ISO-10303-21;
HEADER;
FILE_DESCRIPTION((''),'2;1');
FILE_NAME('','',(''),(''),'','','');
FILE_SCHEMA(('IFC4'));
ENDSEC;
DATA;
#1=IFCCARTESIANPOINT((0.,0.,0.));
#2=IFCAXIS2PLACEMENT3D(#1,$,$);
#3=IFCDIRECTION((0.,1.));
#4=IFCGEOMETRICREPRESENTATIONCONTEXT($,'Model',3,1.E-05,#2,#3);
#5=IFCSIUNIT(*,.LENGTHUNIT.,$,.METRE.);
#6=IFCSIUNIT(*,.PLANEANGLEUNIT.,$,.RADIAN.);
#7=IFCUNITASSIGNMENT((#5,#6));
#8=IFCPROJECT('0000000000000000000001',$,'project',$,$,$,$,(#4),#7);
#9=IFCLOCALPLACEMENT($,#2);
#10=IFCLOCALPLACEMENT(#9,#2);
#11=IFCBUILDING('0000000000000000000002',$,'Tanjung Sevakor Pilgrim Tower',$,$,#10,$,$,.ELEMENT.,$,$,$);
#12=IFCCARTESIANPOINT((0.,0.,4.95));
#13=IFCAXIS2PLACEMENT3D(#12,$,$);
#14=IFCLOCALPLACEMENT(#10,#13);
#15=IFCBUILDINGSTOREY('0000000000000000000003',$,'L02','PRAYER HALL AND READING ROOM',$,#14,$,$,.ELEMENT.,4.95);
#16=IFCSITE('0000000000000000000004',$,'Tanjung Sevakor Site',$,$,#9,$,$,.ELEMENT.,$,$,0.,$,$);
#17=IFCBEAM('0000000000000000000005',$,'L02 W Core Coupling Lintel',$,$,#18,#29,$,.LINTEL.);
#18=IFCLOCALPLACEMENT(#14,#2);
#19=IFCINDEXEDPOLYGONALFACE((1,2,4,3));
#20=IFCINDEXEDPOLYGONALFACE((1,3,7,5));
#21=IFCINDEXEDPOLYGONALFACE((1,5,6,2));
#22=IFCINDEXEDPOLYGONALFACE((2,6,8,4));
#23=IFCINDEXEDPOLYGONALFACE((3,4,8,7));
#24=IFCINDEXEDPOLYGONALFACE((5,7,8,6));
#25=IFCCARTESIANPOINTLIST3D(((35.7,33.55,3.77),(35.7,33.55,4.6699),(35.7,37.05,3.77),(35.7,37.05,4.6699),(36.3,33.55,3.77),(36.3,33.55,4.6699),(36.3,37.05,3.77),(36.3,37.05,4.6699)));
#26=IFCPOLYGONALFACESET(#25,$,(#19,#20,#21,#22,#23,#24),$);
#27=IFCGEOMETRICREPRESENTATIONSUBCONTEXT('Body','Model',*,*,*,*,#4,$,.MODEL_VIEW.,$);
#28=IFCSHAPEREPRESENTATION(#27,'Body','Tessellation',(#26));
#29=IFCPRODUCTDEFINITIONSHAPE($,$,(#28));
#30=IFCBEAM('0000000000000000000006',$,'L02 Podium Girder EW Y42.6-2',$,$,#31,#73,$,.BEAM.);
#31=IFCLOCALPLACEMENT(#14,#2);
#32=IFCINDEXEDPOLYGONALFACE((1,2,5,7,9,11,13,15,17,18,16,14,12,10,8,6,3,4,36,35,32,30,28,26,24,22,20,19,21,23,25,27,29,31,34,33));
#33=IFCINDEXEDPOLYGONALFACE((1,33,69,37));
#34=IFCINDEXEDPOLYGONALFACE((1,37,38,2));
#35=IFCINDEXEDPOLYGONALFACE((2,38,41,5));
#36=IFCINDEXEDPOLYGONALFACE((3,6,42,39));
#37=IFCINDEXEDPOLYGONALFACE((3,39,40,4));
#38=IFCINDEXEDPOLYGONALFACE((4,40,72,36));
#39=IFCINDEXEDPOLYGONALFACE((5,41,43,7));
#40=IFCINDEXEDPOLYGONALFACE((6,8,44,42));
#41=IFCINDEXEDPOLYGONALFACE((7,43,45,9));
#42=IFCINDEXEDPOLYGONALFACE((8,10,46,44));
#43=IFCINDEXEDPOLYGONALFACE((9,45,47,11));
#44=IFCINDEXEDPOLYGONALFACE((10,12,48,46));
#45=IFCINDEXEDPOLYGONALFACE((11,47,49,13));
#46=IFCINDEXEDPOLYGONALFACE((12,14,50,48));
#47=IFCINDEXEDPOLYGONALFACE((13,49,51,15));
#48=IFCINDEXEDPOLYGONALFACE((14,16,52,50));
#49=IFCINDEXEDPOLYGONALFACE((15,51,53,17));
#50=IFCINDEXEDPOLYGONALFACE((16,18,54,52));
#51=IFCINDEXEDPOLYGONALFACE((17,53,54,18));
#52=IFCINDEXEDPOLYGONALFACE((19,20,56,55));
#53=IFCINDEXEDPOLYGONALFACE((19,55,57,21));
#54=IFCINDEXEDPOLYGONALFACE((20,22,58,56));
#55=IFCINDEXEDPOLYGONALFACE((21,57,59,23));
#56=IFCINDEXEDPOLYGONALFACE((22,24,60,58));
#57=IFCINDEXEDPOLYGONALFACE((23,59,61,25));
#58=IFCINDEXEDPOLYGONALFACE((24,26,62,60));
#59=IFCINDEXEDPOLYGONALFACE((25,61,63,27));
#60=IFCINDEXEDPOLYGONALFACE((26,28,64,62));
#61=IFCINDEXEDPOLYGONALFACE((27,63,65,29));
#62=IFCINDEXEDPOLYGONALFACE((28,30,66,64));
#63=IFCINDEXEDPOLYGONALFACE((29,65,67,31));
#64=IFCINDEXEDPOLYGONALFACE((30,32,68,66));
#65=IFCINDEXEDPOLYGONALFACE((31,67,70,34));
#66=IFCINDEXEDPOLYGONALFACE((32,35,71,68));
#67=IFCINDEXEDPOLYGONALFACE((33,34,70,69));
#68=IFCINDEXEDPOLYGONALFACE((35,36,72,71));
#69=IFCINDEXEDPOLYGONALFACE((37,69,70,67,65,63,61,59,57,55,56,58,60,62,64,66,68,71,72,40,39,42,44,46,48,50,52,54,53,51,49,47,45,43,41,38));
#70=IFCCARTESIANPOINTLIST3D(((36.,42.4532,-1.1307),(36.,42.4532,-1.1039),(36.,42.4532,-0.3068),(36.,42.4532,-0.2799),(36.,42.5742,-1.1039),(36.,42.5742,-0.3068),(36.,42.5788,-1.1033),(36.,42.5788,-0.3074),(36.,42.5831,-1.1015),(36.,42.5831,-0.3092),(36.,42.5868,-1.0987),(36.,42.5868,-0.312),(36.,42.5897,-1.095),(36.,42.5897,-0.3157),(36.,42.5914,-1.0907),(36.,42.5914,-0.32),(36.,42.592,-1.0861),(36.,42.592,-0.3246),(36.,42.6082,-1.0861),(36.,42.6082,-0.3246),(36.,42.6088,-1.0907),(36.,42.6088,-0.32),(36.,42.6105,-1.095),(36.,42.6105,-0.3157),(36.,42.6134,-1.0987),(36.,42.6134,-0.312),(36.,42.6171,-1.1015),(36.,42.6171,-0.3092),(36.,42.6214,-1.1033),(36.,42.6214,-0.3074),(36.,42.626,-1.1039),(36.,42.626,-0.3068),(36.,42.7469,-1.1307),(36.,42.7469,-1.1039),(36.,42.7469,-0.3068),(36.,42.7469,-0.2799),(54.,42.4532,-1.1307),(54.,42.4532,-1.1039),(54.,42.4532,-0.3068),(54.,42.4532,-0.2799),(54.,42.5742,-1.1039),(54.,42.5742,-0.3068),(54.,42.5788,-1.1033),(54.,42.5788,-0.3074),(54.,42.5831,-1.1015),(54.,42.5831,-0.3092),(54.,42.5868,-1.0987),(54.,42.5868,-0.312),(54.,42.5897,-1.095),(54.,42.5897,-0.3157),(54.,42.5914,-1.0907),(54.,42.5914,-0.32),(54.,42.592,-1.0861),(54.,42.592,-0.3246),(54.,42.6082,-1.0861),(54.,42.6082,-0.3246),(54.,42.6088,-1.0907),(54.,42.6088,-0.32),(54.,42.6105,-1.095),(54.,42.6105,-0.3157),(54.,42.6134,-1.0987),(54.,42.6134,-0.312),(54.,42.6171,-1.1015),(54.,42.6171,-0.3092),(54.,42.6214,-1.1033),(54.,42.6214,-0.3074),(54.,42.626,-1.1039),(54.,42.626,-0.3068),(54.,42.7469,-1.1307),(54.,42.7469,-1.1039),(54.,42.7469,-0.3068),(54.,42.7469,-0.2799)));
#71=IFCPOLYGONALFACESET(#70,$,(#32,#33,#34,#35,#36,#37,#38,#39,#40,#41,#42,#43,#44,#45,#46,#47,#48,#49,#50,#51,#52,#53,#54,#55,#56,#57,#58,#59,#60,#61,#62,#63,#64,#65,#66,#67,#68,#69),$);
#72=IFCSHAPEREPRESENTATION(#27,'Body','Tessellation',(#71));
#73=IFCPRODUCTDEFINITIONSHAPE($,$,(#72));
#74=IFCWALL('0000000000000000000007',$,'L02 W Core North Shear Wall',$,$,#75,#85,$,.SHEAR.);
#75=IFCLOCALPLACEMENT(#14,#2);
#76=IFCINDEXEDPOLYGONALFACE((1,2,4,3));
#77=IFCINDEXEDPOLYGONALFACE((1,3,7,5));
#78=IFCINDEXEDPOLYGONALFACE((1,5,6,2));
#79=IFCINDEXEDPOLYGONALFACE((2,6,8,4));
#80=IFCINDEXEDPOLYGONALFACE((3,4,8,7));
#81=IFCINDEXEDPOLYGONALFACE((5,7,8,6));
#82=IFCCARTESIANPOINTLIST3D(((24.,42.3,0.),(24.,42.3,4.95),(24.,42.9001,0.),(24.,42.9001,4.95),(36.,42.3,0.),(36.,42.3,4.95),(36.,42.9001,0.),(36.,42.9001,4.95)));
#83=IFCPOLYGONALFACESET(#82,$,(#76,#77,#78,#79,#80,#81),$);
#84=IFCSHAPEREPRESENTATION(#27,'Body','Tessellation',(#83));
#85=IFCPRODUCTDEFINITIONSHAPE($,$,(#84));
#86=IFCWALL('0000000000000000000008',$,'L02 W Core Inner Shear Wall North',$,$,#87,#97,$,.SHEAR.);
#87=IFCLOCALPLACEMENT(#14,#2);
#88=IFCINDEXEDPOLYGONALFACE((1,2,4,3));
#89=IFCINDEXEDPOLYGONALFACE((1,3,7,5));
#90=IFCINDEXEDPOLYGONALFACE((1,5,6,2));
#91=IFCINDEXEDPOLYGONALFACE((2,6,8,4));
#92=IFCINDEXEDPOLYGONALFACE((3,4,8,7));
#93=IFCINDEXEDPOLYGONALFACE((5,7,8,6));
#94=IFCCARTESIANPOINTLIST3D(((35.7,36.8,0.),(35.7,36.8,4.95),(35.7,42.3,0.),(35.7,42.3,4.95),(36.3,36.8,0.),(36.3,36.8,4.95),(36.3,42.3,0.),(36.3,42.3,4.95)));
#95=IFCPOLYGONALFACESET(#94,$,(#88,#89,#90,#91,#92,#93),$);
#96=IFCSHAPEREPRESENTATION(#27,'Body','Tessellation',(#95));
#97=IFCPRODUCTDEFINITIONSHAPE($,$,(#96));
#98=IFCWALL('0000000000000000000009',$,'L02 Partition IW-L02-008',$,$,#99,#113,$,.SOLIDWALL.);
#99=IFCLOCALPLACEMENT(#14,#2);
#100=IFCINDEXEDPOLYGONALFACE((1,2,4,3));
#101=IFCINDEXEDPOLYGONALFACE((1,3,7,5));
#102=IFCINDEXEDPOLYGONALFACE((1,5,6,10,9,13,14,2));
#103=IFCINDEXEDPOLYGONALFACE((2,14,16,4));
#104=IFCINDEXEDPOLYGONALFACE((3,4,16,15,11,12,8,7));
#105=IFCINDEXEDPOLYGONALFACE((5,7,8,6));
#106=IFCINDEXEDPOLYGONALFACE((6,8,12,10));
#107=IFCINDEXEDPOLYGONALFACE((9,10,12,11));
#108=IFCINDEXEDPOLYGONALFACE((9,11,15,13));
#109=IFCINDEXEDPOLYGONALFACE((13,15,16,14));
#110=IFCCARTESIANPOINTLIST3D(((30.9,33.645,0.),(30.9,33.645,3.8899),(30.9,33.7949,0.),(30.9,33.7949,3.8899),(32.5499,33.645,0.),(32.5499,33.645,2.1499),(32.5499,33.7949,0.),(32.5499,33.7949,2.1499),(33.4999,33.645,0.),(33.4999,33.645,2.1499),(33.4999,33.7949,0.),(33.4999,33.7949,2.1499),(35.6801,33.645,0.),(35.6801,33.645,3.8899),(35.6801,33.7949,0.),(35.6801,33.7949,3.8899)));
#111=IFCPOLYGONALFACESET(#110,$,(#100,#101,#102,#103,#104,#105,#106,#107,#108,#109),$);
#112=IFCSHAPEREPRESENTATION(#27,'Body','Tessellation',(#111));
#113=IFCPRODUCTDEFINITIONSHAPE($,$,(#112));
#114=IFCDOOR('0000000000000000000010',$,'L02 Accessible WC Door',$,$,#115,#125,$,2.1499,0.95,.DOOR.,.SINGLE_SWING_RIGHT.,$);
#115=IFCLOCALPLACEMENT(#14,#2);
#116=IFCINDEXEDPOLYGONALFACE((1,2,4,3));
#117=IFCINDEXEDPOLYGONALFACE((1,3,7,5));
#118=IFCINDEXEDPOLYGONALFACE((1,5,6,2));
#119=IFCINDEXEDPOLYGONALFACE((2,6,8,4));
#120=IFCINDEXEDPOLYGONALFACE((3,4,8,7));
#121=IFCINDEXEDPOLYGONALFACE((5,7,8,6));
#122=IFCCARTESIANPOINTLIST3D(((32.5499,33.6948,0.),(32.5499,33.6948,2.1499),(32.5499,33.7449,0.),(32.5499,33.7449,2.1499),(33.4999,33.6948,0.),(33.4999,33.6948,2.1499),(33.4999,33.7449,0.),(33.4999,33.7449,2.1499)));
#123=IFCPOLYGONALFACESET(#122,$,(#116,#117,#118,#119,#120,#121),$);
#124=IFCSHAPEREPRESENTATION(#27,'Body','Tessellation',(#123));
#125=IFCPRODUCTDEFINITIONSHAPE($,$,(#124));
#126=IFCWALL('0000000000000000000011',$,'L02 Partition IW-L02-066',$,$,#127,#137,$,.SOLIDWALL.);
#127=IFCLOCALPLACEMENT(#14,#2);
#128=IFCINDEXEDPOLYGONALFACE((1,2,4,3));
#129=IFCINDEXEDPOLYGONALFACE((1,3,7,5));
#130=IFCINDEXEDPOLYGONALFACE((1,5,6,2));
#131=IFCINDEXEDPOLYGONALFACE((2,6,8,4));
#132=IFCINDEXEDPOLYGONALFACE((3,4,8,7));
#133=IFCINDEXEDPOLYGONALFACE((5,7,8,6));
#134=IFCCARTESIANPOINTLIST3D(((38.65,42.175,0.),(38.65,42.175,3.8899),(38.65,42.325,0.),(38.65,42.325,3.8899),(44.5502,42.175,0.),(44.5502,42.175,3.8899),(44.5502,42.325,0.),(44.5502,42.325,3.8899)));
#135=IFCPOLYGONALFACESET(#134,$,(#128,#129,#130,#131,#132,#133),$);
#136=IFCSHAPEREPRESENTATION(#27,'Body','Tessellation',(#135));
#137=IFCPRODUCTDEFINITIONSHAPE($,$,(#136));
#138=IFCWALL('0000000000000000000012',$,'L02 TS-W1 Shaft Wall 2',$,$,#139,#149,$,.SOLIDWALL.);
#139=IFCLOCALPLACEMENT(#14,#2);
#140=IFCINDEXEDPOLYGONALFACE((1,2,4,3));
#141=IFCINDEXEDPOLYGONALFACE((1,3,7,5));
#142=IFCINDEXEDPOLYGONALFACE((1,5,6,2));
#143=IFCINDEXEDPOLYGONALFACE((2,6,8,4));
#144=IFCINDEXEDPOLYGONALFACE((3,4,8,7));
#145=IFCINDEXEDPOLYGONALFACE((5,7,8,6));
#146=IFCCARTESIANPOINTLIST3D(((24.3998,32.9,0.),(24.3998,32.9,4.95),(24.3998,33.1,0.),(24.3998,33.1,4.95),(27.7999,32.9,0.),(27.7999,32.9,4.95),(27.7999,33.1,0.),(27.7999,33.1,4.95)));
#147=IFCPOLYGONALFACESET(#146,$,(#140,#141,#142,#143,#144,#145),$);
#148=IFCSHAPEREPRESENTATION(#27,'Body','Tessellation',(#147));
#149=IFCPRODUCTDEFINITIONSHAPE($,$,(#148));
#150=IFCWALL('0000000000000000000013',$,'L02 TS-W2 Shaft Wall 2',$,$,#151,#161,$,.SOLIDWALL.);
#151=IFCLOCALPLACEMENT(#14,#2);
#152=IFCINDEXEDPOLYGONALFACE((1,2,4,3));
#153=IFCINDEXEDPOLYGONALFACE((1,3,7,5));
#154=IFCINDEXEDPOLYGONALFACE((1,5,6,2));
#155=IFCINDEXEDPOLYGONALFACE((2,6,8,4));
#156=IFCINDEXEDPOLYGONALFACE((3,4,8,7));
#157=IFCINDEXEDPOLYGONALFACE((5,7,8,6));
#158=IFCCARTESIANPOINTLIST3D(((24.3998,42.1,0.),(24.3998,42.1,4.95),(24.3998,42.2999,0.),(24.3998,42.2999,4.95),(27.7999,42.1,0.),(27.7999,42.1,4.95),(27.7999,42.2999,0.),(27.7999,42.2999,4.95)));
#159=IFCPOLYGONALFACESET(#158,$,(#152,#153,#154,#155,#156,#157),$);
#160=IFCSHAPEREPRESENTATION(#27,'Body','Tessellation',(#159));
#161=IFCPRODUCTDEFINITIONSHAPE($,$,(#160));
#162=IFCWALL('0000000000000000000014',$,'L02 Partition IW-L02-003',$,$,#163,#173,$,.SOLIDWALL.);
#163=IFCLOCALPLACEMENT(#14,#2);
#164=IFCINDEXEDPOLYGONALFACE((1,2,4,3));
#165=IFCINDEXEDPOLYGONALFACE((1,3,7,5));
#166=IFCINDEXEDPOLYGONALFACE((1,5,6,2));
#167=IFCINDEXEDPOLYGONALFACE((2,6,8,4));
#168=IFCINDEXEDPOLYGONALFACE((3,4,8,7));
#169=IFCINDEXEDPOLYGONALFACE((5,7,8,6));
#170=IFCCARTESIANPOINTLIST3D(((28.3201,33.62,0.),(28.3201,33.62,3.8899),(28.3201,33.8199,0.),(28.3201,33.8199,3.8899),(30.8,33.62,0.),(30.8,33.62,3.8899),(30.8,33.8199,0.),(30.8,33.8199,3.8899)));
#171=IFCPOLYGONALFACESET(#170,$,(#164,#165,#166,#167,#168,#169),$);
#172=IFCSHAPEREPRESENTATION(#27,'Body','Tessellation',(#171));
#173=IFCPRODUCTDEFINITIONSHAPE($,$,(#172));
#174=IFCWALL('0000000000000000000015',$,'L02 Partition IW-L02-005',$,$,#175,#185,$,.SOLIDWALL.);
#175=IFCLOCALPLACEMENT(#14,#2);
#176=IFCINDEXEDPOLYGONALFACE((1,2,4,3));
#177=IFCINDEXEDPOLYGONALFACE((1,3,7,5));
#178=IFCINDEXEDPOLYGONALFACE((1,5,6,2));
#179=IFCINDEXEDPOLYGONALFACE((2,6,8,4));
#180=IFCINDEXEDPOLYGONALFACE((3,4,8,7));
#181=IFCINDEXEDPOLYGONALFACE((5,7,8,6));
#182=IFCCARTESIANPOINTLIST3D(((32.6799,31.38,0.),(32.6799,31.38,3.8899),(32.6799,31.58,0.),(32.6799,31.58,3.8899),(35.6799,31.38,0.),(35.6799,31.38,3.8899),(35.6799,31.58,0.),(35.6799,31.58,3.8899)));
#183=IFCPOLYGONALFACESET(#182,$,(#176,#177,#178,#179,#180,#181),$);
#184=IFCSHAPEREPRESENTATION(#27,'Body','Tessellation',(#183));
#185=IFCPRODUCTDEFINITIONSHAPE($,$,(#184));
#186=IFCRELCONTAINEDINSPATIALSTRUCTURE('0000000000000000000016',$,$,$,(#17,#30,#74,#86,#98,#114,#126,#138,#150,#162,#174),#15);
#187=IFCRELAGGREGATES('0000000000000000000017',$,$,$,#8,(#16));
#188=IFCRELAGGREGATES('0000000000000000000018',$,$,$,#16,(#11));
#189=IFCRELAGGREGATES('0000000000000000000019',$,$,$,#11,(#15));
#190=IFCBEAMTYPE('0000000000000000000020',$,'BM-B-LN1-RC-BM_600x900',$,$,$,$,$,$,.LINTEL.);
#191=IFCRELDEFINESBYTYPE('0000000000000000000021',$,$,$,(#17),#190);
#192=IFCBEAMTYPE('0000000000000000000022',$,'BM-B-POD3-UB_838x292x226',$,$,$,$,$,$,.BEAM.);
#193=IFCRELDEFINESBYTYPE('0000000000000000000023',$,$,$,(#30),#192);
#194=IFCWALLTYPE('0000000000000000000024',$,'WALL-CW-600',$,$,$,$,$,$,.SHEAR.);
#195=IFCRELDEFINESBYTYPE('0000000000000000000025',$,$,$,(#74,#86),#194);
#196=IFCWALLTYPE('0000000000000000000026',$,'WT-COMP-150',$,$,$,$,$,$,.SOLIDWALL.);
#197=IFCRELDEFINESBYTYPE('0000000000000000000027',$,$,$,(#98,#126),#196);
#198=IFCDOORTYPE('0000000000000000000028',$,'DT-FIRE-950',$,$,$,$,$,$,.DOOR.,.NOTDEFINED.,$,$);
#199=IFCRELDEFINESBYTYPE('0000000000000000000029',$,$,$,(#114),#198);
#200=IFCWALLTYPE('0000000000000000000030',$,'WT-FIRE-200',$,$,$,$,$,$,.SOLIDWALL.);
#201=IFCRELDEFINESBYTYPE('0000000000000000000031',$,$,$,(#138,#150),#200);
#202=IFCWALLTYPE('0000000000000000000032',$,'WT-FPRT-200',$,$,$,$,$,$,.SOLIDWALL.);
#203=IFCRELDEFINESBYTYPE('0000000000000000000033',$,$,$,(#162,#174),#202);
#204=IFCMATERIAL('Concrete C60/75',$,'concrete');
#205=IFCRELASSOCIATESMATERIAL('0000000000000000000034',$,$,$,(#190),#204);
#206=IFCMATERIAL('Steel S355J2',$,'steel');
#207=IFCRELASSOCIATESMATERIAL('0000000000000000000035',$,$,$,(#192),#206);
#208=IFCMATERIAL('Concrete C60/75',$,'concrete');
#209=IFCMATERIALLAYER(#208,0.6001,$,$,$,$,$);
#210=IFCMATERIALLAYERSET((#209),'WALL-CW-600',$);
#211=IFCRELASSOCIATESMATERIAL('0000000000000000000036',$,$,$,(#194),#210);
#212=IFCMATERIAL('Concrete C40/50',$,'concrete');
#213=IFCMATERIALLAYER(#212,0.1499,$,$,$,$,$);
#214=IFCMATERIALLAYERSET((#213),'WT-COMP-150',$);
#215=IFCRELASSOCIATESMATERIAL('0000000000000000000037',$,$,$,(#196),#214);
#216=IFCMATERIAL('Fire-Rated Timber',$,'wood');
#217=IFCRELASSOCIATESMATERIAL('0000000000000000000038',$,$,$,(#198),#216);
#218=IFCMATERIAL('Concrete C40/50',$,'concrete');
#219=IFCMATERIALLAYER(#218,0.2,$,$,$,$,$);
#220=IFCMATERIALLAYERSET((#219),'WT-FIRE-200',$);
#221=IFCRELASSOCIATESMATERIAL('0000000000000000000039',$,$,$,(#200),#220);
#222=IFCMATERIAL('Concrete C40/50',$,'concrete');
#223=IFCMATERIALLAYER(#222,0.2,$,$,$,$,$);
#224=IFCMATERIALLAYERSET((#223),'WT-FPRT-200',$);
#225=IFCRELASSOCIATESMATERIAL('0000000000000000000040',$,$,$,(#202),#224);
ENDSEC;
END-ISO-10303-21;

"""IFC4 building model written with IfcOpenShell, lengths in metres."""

from ifc_helpers import new_model, si_unit, direction, frame, frame_2d, origin, origin_2d, place, context, subcontext, project, spatial, rectangle, i_section, extrude, material, layer, layer_set, material_profile, profile_set, type_object, element, fill, save


model = new_model("IFC4")

# Units and contexts
model_context = context("Model", 3, precision=1e-05, world=origin(), true_north=direction((0.0, 1.0)))
body_context = subcontext(model_context, "Body", "Model", "MODEL_VIEW")
ifc_project = project(units=[si_unit("LENGTHUNIT", "METRE"), si_unit("PLANEANGLEUNIT", "RADIAN")], contexts=[model_context])

# Site, building, storey
site_placement = place(None, origin())
site = spatial("IfcSite", under=ifc_project, at=site_placement, Name="Tanjung Sevakor Site", CompositionType="ELEMENT", RefElevation=0.0)
building_placement = place(site_placement, origin())
building = spatial("IfcBuilding", under=site, at=building_placement, Name="Tanjung Sevakor Pilgrim Tower", CompositionType="ELEMENT")
storey_placement = place(building_placement, frame((0.0, 0.0, 4.95)))
storey = spatial("IfcBuildingStorey", under=building, at=storey_placement, Name="L02", Description="PRAYER HALL AND READING ROOM", CompositionType="ELEMENT", Elevation=4.95)

# Beams
ifc_material_1 = material(Name="Concrete C60/75", Category="concrete")
ifc_material_profile_1 = material_profile(ifc_material_1, rectangle(XDim=0.6001, YDim=0.8999, at=origin_2d()))
ifc_profile_set_1 = profile_set([ifc_material_profile_1], Name="Concrete C60/75")
beam_type_1 = type_object("IfcBeamType", Name="BM-B-LN1-RC-BM_600x900", PredefinedType="LINTEL", material=ifc_profile_set_1)
beam_1_placement = place(storey_placement, frame((36.0, 33.55, 4.22), z_axis=(0.0, 1.0, 0.0), x_axis=(-1.0, 0.0, 0.0)))
element("IfcBeam", 1, at=beam_1_placement, inside=storey, type_object=beam_type_1, Name="L02 W Core Coupling Lintel", PredefinedType="LINTEL", context=body_context, shape_type="SweptSolid", body=[
    extrude(rectangle(XDim=0.6001, YDim=0.8999, at=origin_2d()), origin(), (0.0, 0.0, 1.0), 3.5),
])
ifc_material_2 = material(Name="Steel S355J2", Category="steel")
ifc_material_profile_2 = material_profile(ifc_material_2, i_section(OverallWidth=0.2937, OverallDepth=0.8508, WebThickness=0.0161, FlangeThickness=0.0269, FilletRadius=0.0178, at=origin_2d()))
ifc_profile_set_2 = profile_set([ifc_material_profile_2], Name="Steel S355J2")
beam_type_2 = type_object("IfcBeamType", Name="BM-B-POD3-UB_838x292x226", PredefinedType="BEAM", material=ifc_profile_set_2)
beam_2_placement = place(storey_placement, frame((36.0, 42.6001, -0.7053), z_axis=(1.0, 0.0, 0.0), x_axis=(0.0, 1.0, 0.0)))
element("IfcBeam", 2, at=beam_2_placement, inside=storey, type_object=beam_type_2, Name="L02 Podium Girder EW Y42.6-2", PredefinedType="BEAM", context=body_context, shape_type="SweptSolid", body=[
    extrude(i_section(OverallWidth=0.2937, OverallDepth=0.8508, WebThickness=0.0161, FlangeThickness=0.0269, FilletRadius=0.0178, at=origin_2d()), origin(), (0.0, 0.0, 1.0), 18.0),
])

# Walls
ifc_material_3 = material(Name="Concrete C60/75", Category="concrete")
ifc_layer_1 = layer(ifc_material_3, 0.6001)
ifc_layer_set_1 = layer_set([ifc_layer_1], Name="WALL-CW-600")
wall_type_1 = type_object("IfcWallType", Name="WALL-CW-600", PredefinedType="SHEAR", material=ifc_layer_set_1)
wall_1_placement = place(storey_placement, frame((36.0, 42.6001, 0.0), z_axis=(0.0, 0.0, 1.0), x_axis=(-1.0, 0.0, 0.0)))
element("IfcWall", 3, at=wall_1_placement, inside=storey, type_object=wall_type_1, Name="L02 W Core North Shear Wall", PredefinedType="SHEAR", context=body_context, shape_type="SweptSolid", body=[
    extrude(rectangle(XDim=12.0, YDim=0.6001, at=frame_2d((6.0, 0.0))), origin(), (0.0, 0.0, 1.0), 4.95),
])
wall_2_placement = place(storey_placement, frame((36.0, 36.8, 0.0), z_axis=(0.0, 0.0, 1.0), x_axis=(0.0, 1.0, 0.0)))
element("IfcWall", 4, at=wall_2_placement, inside=storey, type_object=wall_type_1, Name="L02 W Core Inner Shear Wall North", PredefinedType="SHEAR", context=body_context, shape_type="SweptSolid", body=[
    extrude(rectangle(XDim=5.5, YDim=0.6001, at=frame_2d((2.75, 0.0))), origin(), (0.0, 0.0, 1.0), 4.95),
])

# Wall, opening, door
ifc_material_4 = material(Name="Concrete C40/50", Category="concrete")
ifc_layer_2 = layer(ifc_material_4, 0.1499)
ifc_layer_set_2 = layer_set([ifc_layer_2], Name="WT-COMP-150")
wall_type_2 = type_object("IfcWallType", Name="WT-COMP-150", PredefinedType="SOLIDWALL", material=ifc_layer_set_2)
wall_3_placement = place(storey_placement, frame((30.8999, 33.72, 0.0), z_axis=(0.0, 0.0, 1.0), x_axis=(1.0, 0.0, 0.0)))
wall_3 = element("IfcWall", 5, at=wall_3_placement, inside=storey, type_object=wall_type_2, Name="L02 Partition IW-L02-008", PredefinedType="SOLIDWALL", context=body_context, shape_type="SweptSolid", body=[
    extrude(rectangle(XDim=4.78, YDim=0.1499, at=frame_2d((2.3901, 0.0))), origin(), (0.0, 0.0, 1.0), 3.8899),
])
opening_placement = place(wall_3_placement, frame((1.6499, 0.0, 0.0)))
opening = element("IfcOpeningElement", 6, at=opening_placement, cuts=wall_3, PredefinedType="OPENING", context=body_context, shape_type="SweptSolid", body=[
    extrude(rectangle(XDim=0.95, YDim=2.1499, at=frame_2d((0.4751, 1.075))), frame((0.0, 0.085, 0.0), z_axis=(0.0, -1.0, 0.0), x_axis=(1.0, 0.0, 0.0)), (0.0, 0.0, 1.0), 0.1699),
])
ifc_material_5 = material(Name="Fire-Rated Timber", Category="wood")
door_type = type_object("IfcDoorType", Name="DT-FIRE-950", OperationType="NOTDEFINED", PredefinedType="DOOR", material=ifc_material_5)
door_placement = place(opening_placement, origin())
door = element("IfcDoor", 7, at=door_placement, inside=storey, type_object=door_type, Name="L02 Accessible WC Door", OperationType="SINGLE_SWING_RIGHT", OverallHeight=2.1499, OverallWidth=0.95, PredefinedType="DOOR", context=body_context, shape_type="SweptSolid", body=[
    extrude(rectangle(XDim=0.95, YDim=2.1499, at=frame_2d((0.4751, 1.075))), frame((0.0, 0.0249, 0.0), z_axis=(0.0, -1.0, 0.0), x_axis=(1.0, 0.0, 0.0)), (0.0, 0.0, 1.0), 0.05),
])
fill(opening, door)

# Walls
wall_4_placement = place(storey_placement, frame((38.6499, 42.25, 0.0), z_axis=(0.0, 0.0, 1.0), x_axis=(1.0, 0.0, 0.0)))
element("IfcWall", 8, at=wall_4_placement, inside=storey, type_object=wall_type_2, Name="L02 Partition IW-L02-066", PredefinedType="SOLIDWALL", context=body_context, shape_type="SweptSolid", body=[
    extrude(rectangle(XDim=5.9001, YDim=0.1499, at=frame_2d((2.9502, 0.0))), origin(), (0.0, 0.0, 1.0), 3.8899),
])
ifc_material_6 = material(Name="Concrete C40/50", Category="concrete")
ifc_layer_3 = layer(ifc_material_6, 0.2)
ifc_layer_set_3 = layer_set([ifc_layer_3], Name="WT-FIRE-200")
wall_type_3 = type_object("IfcWallType", Name="WT-FIRE-200", PredefinedType="SOLIDWALL", material=ifc_layer_set_3)
for number, where, z_axis, x_axis, name in (
    (9, (27.8, 33.0, 0.0), (0.0, 0.0, 1.0), (-1.0, 0.0, 0.0), "L02 TS-W1 Shaft Wall 2"),
    (10, (27.8, 42.2, 0.0), (0.0, 0.0, 1.0), (-1.0, 0.0, 0.0), "L02 TS-W2 Shaft Wall 2"),
):
    element("IfcWall", number, at=place(storey_placement, frame(where, z_axis=z_axis, x_axis=x_axis)), inside=storey, type_object=wall_type_3, Name=name, PredefinedType="SOLIDWALL", context=body_context, shape_type="SweptSolid", body=[
        extrude(rectangle(XDim=3.4001, YDim=0.2, at=frame_2d((1.7002, 0.0))), origin(), (0.0, 0.0, 1.0), 4.95),
    ])
ifc_material_7 = material(Name="Concrete C40/50", Category="concrete")
ifc_layer_4 = layer(ifc_material_7, 0.2)
ifc_layer_set_4 = layer_set([ifc_layer_4], Name="WT-FPRT-200")
wall_type_4 = type_object("IfcWallType", Name="WT-FPRT-200", PredefinedType="SOLIDWALL", material=ifc_layer_set_4)
wall_5_placement = place(storey_placement, frame((28.3201, 33.72, 0.0), z_axis=(0.0, 0.0, 1.0), x_axis=(1.0, 0.0, 0.0)))
element("IfcWall", 11, at=wall_5_placement, inside=storey, type_object=wall_type_4, Name="L02 Partition IW-L02-003", PredefinedType="SOLIDWALL", context=body_context, shape_type="SweptSolid", body=[
    extrude(rectangle(XDim=2.48, YDim=0.2, at=frame_2d((1.24, 0.0))), origin(), (0.0, 0.0, 1.0), 3.8899),
])
wall_6_placement = place(storey_placement, frame((32.6799, 31.48, 0.0), z_axis=(0.0, 0.0, 1.0), x_axis=(1.0, 0.0, 0.0)))
element("IfcWall", 12, at=wall_6_placement, inside=storey, type_object=wall_type_4, Name="L02 Partition IW-L02-005", PredefinedType="SOLIDWALL", context=body_context, shape_type="SweptSolid", body=[
    extrude(rectangle(XDim=3.0, YDim=0.2, at=frame_2d((1.5, 0.0))), origin(), (0.0, 0.0, 1.0), 3.8899),
])

save(model, "model.ifc")
